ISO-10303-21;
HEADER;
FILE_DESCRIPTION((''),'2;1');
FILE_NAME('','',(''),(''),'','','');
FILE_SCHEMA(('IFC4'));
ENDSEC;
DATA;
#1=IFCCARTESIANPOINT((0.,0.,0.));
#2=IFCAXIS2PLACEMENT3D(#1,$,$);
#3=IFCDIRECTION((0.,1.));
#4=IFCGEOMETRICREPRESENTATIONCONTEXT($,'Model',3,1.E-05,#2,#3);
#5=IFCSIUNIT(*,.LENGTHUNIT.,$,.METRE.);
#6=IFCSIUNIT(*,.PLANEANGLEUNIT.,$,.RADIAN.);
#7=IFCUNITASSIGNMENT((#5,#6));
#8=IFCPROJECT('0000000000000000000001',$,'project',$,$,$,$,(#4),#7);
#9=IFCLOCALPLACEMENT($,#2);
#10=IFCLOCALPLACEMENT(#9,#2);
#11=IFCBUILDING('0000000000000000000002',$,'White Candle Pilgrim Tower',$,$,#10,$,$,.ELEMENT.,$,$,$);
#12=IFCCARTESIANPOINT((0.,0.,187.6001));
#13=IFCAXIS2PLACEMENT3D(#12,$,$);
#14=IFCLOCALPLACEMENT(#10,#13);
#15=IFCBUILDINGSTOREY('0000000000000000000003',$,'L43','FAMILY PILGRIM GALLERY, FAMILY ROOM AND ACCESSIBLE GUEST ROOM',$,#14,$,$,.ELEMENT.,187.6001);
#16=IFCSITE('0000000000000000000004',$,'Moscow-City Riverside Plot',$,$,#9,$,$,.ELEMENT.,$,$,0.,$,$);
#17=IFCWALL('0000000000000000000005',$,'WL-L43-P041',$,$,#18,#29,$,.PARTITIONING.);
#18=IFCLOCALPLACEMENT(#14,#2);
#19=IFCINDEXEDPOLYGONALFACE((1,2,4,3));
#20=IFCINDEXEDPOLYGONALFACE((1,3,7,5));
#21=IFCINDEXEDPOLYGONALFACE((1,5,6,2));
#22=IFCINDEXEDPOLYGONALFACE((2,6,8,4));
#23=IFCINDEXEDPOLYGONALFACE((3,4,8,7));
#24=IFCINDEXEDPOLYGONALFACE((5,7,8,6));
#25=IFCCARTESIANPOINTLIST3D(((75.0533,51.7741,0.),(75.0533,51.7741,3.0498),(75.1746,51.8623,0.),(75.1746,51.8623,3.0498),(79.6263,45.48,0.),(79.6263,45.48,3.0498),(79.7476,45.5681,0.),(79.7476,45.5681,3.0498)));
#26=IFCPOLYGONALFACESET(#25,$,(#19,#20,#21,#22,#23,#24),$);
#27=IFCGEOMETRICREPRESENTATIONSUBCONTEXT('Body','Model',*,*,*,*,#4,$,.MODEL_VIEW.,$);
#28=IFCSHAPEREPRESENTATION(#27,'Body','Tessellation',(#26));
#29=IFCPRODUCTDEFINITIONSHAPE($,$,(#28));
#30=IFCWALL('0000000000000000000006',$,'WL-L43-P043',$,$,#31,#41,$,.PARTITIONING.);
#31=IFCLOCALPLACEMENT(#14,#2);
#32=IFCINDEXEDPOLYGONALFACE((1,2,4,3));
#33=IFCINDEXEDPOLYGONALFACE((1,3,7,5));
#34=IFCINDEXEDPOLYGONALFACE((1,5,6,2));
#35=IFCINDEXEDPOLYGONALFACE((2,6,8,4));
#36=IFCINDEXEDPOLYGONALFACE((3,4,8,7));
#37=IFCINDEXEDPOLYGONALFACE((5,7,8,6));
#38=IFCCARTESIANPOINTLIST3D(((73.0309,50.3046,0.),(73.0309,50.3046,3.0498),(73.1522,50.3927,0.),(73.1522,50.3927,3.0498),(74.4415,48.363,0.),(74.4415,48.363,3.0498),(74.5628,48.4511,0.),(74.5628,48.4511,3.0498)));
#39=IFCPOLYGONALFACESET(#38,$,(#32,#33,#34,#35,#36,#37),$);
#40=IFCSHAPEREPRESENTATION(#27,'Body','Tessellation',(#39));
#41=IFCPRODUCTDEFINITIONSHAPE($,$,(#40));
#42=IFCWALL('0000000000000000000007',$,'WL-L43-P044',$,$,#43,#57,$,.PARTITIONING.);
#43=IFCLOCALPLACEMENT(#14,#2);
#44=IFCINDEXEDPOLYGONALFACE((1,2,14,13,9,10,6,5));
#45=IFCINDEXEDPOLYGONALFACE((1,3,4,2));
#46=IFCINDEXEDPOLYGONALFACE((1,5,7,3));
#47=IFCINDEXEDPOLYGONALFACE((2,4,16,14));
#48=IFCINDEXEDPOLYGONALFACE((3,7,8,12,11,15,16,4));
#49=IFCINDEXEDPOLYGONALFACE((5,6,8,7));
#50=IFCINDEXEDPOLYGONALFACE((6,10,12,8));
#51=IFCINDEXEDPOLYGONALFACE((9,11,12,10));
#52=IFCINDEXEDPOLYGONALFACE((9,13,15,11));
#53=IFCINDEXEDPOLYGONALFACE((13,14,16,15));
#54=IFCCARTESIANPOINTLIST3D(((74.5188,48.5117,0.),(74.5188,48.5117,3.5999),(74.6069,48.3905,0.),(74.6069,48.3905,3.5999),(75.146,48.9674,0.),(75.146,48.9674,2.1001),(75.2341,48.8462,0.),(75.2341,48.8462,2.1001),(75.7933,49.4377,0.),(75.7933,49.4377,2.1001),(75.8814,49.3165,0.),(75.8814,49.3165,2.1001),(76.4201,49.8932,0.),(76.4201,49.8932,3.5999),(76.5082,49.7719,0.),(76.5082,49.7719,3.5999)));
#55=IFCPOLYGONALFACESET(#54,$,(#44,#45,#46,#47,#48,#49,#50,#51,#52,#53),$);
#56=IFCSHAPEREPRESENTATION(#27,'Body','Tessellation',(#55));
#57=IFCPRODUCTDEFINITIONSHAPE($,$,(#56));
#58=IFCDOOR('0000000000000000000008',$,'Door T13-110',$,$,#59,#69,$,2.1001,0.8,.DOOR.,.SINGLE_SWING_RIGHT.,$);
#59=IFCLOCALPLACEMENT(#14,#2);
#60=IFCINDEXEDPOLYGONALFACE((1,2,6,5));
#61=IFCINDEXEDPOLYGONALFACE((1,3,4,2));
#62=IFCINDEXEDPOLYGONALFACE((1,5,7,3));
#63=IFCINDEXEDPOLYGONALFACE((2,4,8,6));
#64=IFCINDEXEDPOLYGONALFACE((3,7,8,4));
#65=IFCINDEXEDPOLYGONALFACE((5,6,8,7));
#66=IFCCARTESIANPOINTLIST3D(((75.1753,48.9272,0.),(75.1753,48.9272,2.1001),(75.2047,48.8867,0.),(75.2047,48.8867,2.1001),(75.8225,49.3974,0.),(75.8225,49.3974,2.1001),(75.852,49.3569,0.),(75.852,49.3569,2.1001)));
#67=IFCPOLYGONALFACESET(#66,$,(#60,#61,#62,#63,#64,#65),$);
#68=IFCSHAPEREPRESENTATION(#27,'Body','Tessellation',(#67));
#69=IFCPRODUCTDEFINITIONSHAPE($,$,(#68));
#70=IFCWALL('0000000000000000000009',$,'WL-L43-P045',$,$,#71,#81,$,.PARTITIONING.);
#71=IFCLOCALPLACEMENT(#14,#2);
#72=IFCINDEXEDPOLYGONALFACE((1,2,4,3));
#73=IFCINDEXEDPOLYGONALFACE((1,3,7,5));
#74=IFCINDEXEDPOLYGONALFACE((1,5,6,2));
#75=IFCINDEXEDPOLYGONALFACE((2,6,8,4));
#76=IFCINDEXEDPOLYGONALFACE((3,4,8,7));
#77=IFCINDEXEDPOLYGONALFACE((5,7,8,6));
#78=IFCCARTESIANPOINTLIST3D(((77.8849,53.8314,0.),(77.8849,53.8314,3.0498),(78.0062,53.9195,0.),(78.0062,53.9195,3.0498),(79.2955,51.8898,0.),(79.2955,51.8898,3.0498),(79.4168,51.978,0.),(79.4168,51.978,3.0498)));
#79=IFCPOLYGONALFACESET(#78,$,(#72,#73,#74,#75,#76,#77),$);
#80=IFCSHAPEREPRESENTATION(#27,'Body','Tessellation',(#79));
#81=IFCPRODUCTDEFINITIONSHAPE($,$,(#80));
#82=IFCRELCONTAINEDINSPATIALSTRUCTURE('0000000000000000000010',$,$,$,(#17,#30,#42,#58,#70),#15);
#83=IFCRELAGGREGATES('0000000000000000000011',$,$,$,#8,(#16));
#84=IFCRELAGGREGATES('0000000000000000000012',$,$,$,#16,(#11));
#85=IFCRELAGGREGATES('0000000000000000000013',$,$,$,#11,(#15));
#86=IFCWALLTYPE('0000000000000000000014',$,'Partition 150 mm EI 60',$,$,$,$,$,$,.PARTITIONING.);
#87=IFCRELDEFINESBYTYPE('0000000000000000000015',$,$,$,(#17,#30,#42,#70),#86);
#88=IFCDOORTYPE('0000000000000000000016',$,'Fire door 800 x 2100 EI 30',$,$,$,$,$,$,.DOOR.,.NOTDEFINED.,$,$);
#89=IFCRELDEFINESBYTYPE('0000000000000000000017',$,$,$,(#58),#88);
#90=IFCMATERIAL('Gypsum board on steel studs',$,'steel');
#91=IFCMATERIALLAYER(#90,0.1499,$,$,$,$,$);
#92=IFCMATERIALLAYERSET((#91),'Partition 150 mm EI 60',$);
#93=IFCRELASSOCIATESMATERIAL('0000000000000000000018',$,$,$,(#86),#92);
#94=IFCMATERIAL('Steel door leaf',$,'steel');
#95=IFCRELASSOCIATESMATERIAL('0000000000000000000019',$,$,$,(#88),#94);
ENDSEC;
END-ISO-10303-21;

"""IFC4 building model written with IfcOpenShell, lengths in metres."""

from ifc_helpers import new_model, si_unit, direction, frame, frame_2d, origin, place, context, subcontext, project, spatial, rectangle, extrude, material, layer, layer_set, type_object, element, fill, save


model = new_model("IFC4")

# Units and contexts
model_context = context("Model", 3, precision=1e-05, world=origin(), true_north=direction((0.0, 1.0)))
body_context = subcontext(model_context, "Body", "Model", "MODEL_VIEW")
ifc_project = project(units=[si_unit("LENGTHUNIT", "METRE"), si_unit("PLANEANGLEUNIT", "RADIAN")], contexts=[model_context])

# Site, building, storey
site_placement = place(None, origin())
site = spatial("IfcSite", under=ifc_project, at=site_placement, Name="Moscow-City Riverside Plot", CompositionType="ELEMENT", RefElevation=0.0)
building_placement = place(site_placement, origin())
building = spatial("IfcBuilding", under=site, at=building_placement, Name="White Candle Pilgrim Tower", CompositionType="ELEMENT")
storey_placement = place(building_placement, frame((0.0, 0.0, 187.6001)))
storey = spatial("IfcBuildingStorey", under=building, at=storey_placement, Name="L43", Description="FAMILY PILGRIM GALLERY, FAMILY ROOM AND ACCESSIBLE GUEST ROOM", CompositionType="ELEMENT", Elevation=187.6001)

# Shared definitions
ifc_material_1 = material(Name="Gypsum board on steel studs", Category="steel")
ifc_material_2 = material(Name="Steel door leaf", Category="steel")

# Walls
ifc_layer_1 = layer(ifc_material_1, 0.1499)
ifc_layer_set_1 = layer_set([ifc_layer_1], Name="Partition 150 mm EI 60")
wall_type_1 = type_object("IfcWallType", Name="Partition 150 mm EI 60", PredefinedType="PARTITIONING", material=ifc_layer_set_1)
wall_1_placement = place(storey_placement, frame((79.687, 45.5239, 0.0), z_axis=(0.0, 0.0, 1.0), x_axis=(-0.587785, 0.809017, 0.0)))
element("IfcWall", 1, at=wall_1_placement, inside=storey, type_object=wall_type_1, Name="WL-L43-P041", PredefinedType="PARTITIONING", context=body_context, shape_type="SweptSolid", body=[
    extrude(rectangle(XDim=7.78, YDim=0.1499, at=frame_2d((3.8901, 0.0))), origin(), (0.0, 0.0, 1.0), 3.0498),
])
wall_2_placement = place(storey_placement, frame((73.0916, 50.3486, 0.0), z_axis=(0.0, 0.0, 1.0), x_axis=(0.587772, -0.809026, 0.0)))
element("IfcWall", 2, at=wall_2_placement, inside=storey, type_object=wall_type_1, Name="WL-L43-P043", PredefinedType="PARTITIONING", context=body_context, shape_type="SweptSolid", body=[
    extrude(rectangle(XDim=2.3999, YDim=0.1499, at=frame_2d((1.2, 0.0))), origin(), (0.0, 0.0, 1.0), 3.0498),
])

# Wall, opening, door
wall_3_placement = place(storey_placement, frame((76.4641, 49.8325, 0.0), z_axis=(0.0, 0.0, 1.0), x_axis=(-0.808997, -0.587813, 0.0)))
wall_3 = element("IfcWall", 3, at=wall_3_placement, inside=storey, type_object=wall_type_1, Name="WL-L43-P044", PredefinedType="PARTITIONING", context=body_context, shape_type="SweptSolid", body=[
    extrude(rectangle(XDim=2.3501, YDim=0.1499, at=frame_2d((1.175, 0.0))), origin(), (0.0, 0.0, 1.0), 3.5999),
])
opening_1_placement = place(wall_3_placement, frame((0.7749, 0.0, 0.0)))
opening_1 = element("IfcOpeningElement", 4, at=opening_1_placement, cuts=wall_3, PredefinedType="OPENING", context=body_context, shape_type="SweptSolid", body=[
    extrude(rectangle(XDim=0.8, YDim=2.1001, at=frame_2d((0.3999, 1.05))), frame((0.0, 0.085, 0.0), z_axis=(0.0, -1.0, 0.0), x_axis=(1.0, 0.0, 0.0)), (0.0, 0.0, 1.0), 0.1699),
])
door_type_1 = type_object("IfcDoorType", Name="Fire door 800 x 2100 EI 30", OperationType="NOTDEFINED", PredefinedType="DOOR", material=ifc_material_2)
door_1_placement = place(opening_1_placement, origin())
door_1 = element("IfcDoor", 5, at=door_1_placement, inside=storey, type_object=door_type_1, Name="Door T13-110", OperationType="SINGLE_SWING_RIGHT", OverallHeight=2.1001, OverallWidth=0.8, PredefinedType="DOOR", context=body_context, shape_type="SweptSolid", body=[
    extrude(rectangle(XDim=0.8, YDim=2.1001, at=frame_2d((0.3999, 1.05))), frame((0.0, 0.0249, 0.0), z_axis=(0.0, -1.0, 0.0), x_axis=(1.0, 0.0, 0.0)), (0.0, 0.0, 1.0), 0.05),
])
fill(opening_1, door_1)

# Wall
wall_4_placement = place(storey_placement, frame((77.9456, 53.8755, 0.0), z_axis=(0.0, 0.0, 1.0), x_axis=(0.587772, -0.809026, 0.0)))
element("IfcWall", 6, at=wall_4_placement, inside=storey, type_object=wall_type_1, Name="WL-L43-P045", PredefinedType="PARTITIONING", context=body_context, shape_type="SweptSolid", body=[
    extrude(rectangle(XDim=2.3999, YDim=0.1499, at=frame_2d((1.2, 0.0))), origin(), (0.0, 0.0, 1.0), 3.0498),
])

save(model, "model.ifc")
